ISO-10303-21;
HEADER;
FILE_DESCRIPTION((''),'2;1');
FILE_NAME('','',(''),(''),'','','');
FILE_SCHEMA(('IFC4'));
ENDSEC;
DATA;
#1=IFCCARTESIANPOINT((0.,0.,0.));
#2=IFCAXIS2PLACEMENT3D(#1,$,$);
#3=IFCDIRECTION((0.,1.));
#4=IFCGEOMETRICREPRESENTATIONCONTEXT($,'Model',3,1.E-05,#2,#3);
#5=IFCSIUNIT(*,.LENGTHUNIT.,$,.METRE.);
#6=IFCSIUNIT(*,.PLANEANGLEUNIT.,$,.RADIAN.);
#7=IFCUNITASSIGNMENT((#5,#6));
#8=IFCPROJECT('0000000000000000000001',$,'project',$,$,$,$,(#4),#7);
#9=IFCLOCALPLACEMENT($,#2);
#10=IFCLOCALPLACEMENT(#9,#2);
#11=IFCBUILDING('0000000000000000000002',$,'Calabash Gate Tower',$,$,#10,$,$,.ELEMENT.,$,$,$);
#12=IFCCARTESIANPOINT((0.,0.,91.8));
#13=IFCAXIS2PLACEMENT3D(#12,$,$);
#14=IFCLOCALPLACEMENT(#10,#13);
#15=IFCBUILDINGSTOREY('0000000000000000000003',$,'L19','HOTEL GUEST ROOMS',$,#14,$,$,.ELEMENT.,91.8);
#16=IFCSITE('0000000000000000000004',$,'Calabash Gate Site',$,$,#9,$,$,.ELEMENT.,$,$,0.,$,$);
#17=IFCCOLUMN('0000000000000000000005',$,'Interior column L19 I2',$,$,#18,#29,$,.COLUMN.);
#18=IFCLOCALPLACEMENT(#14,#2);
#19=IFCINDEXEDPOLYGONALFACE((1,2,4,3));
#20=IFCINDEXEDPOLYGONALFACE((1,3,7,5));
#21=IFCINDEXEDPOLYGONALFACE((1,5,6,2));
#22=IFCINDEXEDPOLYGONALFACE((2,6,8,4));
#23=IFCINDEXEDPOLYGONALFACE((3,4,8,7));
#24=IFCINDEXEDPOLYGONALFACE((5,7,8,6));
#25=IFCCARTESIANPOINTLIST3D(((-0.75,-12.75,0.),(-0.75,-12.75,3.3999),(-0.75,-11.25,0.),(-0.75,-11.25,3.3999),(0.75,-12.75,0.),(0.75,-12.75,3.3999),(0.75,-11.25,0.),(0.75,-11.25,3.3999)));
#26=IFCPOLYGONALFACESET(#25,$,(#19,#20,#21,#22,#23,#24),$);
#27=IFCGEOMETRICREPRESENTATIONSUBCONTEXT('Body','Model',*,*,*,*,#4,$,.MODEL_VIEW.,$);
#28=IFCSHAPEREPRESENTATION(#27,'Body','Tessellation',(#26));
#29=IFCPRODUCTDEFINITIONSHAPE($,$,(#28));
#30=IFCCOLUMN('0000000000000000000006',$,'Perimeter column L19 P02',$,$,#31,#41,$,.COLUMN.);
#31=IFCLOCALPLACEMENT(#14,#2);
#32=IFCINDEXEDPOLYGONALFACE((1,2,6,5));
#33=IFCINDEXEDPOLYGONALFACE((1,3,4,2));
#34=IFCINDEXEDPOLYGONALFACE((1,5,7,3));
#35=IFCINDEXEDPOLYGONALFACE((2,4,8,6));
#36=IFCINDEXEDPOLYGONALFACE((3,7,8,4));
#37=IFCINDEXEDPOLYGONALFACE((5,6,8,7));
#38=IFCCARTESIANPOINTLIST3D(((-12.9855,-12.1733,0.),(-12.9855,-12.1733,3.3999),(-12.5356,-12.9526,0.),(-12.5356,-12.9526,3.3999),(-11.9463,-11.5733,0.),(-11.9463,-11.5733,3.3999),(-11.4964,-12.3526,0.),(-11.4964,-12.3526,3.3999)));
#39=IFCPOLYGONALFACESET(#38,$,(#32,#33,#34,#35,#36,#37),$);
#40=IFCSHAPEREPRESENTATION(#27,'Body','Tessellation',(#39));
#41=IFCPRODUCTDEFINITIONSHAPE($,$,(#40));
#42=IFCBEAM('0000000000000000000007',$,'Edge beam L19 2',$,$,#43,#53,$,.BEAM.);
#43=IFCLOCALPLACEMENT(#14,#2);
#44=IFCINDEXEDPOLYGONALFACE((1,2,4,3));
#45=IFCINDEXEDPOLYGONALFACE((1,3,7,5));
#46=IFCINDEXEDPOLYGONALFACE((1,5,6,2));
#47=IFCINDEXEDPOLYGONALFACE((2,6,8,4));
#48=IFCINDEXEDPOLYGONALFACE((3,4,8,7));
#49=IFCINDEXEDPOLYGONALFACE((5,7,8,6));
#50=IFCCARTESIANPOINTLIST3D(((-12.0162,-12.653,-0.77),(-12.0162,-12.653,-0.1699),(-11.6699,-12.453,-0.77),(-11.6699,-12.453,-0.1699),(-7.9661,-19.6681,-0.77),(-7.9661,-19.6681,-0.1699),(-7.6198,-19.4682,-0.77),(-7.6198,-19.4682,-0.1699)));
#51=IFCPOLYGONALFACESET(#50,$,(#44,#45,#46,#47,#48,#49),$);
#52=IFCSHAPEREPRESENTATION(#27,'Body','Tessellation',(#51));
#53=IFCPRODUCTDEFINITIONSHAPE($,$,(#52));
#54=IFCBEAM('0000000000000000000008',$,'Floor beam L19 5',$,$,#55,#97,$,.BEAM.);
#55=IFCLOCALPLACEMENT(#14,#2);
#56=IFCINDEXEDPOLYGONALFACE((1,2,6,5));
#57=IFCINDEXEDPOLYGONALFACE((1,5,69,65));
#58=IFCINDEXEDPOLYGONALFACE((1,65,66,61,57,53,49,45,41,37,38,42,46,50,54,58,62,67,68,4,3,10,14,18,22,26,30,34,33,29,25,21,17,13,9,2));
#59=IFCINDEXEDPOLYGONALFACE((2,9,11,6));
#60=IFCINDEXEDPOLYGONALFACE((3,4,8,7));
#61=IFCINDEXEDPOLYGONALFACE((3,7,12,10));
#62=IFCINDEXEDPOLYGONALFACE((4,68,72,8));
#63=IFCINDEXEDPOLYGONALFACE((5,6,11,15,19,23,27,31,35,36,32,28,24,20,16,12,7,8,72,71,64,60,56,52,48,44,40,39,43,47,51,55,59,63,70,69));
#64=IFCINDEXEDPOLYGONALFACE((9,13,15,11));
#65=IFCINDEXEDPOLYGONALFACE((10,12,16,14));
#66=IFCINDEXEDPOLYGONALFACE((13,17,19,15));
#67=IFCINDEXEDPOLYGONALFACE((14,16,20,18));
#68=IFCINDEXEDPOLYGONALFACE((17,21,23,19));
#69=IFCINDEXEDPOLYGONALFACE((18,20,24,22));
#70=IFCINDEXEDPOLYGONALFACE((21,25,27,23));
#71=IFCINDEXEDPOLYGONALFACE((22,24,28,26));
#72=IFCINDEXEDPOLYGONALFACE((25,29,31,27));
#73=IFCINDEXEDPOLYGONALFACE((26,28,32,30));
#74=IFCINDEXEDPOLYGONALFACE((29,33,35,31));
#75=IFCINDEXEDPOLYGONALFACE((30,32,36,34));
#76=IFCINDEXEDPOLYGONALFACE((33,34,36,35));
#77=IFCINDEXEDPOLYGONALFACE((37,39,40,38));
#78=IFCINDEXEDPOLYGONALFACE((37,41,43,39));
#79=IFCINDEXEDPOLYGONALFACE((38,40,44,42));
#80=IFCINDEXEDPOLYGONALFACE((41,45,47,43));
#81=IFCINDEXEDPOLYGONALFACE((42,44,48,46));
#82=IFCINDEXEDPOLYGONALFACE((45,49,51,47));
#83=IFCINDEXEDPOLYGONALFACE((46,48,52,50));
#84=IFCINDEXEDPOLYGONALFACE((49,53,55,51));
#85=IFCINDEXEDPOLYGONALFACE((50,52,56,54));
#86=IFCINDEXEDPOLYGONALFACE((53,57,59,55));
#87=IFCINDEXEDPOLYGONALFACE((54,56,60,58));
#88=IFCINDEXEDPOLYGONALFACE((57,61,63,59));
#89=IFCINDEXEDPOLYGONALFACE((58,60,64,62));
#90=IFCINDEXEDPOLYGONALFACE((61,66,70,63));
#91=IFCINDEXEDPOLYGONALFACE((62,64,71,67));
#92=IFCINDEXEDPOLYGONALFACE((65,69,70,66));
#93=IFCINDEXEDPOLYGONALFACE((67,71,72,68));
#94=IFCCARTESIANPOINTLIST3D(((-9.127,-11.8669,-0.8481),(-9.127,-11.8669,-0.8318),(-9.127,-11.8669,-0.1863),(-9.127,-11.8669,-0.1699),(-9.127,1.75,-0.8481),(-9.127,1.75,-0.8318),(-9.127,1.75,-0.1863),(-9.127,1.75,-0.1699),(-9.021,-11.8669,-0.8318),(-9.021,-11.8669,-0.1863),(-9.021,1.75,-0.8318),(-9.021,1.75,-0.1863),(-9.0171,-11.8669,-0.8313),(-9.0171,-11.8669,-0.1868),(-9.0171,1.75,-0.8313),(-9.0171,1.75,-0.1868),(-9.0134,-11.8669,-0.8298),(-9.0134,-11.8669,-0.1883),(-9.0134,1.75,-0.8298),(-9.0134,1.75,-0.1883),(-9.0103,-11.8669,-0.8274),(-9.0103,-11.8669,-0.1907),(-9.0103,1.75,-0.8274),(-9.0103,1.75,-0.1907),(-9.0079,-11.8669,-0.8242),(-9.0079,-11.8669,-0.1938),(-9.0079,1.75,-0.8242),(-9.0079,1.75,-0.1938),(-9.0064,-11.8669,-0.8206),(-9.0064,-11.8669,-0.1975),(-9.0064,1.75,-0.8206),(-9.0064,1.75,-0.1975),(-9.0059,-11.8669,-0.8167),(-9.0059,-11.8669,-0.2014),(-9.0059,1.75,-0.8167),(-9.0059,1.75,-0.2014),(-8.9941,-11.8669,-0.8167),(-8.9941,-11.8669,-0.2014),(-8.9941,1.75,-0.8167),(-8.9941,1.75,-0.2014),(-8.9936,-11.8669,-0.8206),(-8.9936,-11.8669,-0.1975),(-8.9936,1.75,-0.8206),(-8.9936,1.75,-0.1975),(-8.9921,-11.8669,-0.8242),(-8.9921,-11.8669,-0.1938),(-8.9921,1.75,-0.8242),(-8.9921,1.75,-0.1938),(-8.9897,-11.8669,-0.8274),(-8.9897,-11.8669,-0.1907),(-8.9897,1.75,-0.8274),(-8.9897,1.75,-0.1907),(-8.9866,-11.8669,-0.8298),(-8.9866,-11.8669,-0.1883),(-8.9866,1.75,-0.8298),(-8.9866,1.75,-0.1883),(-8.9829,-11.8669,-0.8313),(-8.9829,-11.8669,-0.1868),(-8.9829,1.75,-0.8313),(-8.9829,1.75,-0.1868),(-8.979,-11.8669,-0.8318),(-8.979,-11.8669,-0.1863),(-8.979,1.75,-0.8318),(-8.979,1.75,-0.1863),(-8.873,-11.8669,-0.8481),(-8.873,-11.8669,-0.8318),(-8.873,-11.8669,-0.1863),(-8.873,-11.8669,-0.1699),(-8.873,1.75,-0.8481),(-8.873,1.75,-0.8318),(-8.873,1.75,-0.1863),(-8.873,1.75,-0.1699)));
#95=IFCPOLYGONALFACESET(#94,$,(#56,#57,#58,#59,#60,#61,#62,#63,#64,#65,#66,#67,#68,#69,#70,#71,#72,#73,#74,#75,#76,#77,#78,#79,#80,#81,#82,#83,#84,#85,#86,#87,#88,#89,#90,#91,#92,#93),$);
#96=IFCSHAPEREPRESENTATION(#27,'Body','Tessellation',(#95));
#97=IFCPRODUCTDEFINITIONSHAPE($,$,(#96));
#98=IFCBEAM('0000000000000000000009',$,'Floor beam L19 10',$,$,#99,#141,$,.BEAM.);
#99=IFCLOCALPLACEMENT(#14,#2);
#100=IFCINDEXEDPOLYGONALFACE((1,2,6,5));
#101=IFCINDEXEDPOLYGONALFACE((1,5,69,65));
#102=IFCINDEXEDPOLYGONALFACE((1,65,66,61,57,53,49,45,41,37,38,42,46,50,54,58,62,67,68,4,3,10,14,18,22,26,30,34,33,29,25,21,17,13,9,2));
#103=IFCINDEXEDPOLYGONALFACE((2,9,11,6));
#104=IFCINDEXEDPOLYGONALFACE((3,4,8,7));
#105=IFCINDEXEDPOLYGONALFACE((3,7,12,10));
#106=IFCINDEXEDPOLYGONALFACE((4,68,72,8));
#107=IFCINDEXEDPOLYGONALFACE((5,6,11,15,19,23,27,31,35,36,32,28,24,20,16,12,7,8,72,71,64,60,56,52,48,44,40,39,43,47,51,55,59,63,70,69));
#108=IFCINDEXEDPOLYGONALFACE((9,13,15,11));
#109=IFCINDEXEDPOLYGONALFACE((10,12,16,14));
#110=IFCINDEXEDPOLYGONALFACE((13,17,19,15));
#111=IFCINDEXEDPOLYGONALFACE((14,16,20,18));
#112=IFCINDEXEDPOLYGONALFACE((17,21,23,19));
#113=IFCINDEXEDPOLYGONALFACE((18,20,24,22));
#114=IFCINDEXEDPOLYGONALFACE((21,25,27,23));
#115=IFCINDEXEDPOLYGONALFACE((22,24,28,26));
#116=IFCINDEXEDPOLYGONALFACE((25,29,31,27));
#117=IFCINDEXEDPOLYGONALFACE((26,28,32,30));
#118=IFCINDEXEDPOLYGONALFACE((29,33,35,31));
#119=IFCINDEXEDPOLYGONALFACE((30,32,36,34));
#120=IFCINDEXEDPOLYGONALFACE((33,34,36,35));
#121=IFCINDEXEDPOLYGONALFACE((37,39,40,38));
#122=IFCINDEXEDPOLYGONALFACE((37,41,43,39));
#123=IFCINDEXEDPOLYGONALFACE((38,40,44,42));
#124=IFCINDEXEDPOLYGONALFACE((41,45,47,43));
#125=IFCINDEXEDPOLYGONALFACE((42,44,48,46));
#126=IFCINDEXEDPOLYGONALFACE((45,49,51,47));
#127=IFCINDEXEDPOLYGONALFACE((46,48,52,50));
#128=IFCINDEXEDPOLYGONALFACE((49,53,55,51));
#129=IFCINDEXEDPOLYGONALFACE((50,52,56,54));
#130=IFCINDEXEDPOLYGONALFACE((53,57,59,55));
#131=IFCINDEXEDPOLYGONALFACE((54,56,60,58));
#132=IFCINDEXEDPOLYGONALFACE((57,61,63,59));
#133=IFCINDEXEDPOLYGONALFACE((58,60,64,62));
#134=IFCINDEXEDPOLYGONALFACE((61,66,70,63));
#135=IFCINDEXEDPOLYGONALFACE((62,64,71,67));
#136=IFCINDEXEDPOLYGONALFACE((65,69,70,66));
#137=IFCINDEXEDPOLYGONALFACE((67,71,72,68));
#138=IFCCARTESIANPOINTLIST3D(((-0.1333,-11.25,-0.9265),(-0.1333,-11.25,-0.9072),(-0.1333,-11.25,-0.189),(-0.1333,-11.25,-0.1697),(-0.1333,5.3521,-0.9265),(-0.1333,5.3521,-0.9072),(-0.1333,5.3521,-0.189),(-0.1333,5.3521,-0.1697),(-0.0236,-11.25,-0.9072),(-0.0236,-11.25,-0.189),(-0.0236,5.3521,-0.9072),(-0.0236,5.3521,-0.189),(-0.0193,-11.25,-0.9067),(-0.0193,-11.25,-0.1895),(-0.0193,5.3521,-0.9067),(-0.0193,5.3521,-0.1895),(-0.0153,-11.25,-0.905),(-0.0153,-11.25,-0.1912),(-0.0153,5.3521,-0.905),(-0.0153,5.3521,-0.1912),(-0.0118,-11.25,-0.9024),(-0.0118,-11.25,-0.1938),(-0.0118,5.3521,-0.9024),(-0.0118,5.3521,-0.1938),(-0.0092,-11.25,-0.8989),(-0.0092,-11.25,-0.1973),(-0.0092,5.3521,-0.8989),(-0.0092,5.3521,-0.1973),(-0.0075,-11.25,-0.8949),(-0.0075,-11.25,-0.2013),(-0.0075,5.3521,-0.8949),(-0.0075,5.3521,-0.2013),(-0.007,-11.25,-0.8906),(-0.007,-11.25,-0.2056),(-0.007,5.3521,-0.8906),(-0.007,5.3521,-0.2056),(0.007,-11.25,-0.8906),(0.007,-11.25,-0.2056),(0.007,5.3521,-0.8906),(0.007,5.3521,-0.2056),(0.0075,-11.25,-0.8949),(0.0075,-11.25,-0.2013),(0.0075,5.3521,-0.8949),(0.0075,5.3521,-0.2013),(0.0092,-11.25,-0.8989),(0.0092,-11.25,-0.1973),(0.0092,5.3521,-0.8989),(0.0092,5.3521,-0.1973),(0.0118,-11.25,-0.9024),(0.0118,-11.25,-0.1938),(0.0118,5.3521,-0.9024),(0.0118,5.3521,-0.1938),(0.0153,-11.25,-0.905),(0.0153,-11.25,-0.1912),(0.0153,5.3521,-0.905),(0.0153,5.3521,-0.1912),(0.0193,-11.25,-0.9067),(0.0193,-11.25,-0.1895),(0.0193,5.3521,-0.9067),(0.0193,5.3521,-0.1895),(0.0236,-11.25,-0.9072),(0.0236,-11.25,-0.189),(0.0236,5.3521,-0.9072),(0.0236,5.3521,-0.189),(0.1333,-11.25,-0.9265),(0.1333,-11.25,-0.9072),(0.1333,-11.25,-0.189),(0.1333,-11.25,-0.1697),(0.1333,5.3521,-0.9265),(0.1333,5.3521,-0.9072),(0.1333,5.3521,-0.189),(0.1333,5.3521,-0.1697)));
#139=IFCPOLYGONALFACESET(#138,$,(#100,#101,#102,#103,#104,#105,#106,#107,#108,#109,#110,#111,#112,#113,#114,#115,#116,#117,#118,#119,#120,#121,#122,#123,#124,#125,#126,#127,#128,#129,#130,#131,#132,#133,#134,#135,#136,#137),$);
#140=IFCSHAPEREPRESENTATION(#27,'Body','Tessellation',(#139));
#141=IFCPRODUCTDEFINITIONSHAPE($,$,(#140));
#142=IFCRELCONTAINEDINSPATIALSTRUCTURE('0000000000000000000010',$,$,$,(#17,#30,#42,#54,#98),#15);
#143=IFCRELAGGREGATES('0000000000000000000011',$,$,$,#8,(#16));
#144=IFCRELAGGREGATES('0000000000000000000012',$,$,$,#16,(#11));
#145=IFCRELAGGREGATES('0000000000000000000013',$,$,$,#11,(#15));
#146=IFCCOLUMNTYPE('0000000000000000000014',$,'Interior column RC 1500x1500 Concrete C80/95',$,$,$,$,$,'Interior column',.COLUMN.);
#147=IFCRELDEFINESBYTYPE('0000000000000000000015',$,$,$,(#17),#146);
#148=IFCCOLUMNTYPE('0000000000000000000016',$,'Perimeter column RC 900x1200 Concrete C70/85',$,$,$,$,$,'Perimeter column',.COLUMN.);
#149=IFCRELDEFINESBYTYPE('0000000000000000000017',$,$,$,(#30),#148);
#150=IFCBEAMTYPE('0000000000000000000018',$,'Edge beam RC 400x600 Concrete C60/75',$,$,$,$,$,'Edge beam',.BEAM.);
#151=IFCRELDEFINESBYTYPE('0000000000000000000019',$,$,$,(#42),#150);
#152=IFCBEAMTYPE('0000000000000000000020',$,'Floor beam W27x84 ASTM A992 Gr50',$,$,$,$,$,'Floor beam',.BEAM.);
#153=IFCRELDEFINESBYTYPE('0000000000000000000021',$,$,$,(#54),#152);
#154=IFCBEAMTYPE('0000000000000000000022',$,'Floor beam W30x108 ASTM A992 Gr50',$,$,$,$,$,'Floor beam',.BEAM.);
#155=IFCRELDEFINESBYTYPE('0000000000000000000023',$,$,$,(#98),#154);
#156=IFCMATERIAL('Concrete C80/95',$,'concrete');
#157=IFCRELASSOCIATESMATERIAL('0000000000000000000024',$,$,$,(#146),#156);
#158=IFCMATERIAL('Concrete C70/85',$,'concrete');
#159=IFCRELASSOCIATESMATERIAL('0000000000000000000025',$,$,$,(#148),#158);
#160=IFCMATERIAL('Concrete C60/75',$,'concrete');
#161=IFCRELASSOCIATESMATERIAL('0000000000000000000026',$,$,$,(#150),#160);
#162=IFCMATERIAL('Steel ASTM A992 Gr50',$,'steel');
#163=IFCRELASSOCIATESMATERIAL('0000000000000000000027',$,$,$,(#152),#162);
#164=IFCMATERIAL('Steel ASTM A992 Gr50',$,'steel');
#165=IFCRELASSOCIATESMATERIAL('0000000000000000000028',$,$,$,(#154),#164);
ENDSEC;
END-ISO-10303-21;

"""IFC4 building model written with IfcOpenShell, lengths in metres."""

from ifc_helpers import new_model, si_unit, direction, frame, origin, origin_2d, place, context, subcontext, project, spatial, rectangle, i_section, extrude, material, material_profile, profile_set, type_object, element, save


model = new_model("IFC4")

# Units and contexts
model_context = context("Model", 3, precision=1e-05, world=origin(), true_north=direction((0.0, 1.0)))
body_context = subcontext(model_context, "Body", "Model", "MODEL_VIEW")
ifc_project = project(units=[si_unit("LENGTHUNIT", "METRE"), si_unit("PLANEANGLEUNIT", "RADIAN")], contexts=[model_context])

# Site, building, storey
site_placement = place(None, origin())
site = spatial("IfcSite", under=ifc_project, at=site_placement, Name="Calabash Gate Site", CompositionType="ELEMENT", RefElevation=0.0)
building_placement = place(site_placement, origin())
building = spatial("IfcBuilding", under=site, at=building_placement, Name="Calabash Gate Tower", CompositionType="ELEMENT")
storey_placement = place(building_placement, frame((0.0, 0.0, 91.8)))
storey = spatial("IfcBuildingStorey", under=building, at=storey_placement, Name="L19", Description="HOTEL GUEST ROOMS", CompositionType="ELEMENT", Elevation=91.8)

# Columns
ifc_material_1 = material(Name="Concrete C80/95", Category="concrete")
ifc_material_profile_1 = material_profile(ifc_material_1, rectangle(XDim=1.5, YDim=1.5, at=origin_2d()))
ifc_profile_set_1 = profile_set([ifc_material_profile_1], Name="Concrete C80/95")
column_type_1 = type_object("IfcColumnType", Name="Interior column RC 1500x1500 Concrete C80/95", ElementType="Interior column", PredefinedType="COLUMN", material=ifc_profile_set_1)
column_1_placement = place(storey_placement, frame((0.0, -12.0, 0.0), z_axis=(0.0, 0.0, 1.0), x_axis=(1.0, 0.0, 0.0)))
element("IfcColumn", 1, at=column_1_placement, inside=storey, type_object=column_type_1, Name="Interior column L19 I2", PredefinedType="COLUMN", context=body_context, shape_type="SweptSolid", body=[
    extrude(rectangle(XDim=1.5, YDim=1.5, at=origin_2d()), origin(), (0.0, 0.0, 1.0), 3.3999),
])
ifc_material_2 = material(Name="Concrete C70/85", Category="concrete")
ifc_material_profile_2 = material_profile(ifc_material_2, rectangle(XDim=0.8999, YDim=1.2, at=origin_2d()))
ifc_profile_set_2 = profile_set([ifc_material_profile_2], Name="Concrete C70/85")
column_type_2 = type_object("IfcColumnType", Name="Perimeter column RC 900x1200 Concrete C70/85", ElementType="Perimeter column", PredefinedType="COLUMN", material=ifc_profile_set_2)
column_2_placement = place(storey_placement, frame((-12.241, -12.2629, 0.0), z_axis=(0.0, 0.0, 1.0), x_axis=(0.5, -0.866025, 0.0)))
element("IfcColumn", 2, at=column_2_placement, inside=storey, type_object=column_type_2, Name="Perimeter column L19 P02", PredefinedType="COLUMN", context=body_context, shape_type="SweptSolid", body=[
    extrude(rectangle(XDim=0.8999, YDim=1.2, at=origin_2d()), origin(), (0.0, 0.0, 1.0), 3.3999),
])

# Beams
ifc_material_3 = material(Name="Concrete C60/75", Category="concrete")
ifc_material_profile_3 = material_profile(ifc_material_3, rectangle(XDim=0.3999, YDim=0.6001, at=origin_2d()))
ifc_profile_set_3 = profile_set([ifc_material_profile_3], Name="Concrete C60/75")
beam_type_1 = type_object("IfcBeamType", Name="Edge beam RC 400x600 Concrete C60/75", ElementType="Edge beam", PredefinedType="BEAM", material=ifc_profile_set_3)
beam_1_placement = place(storey_placement, frame((-11.843, -12.553, -0.47), z_axis=(0.499987, -0.866033, 0.0), x_axis=(0.866033, 0.499987, 0.0)))
element("IfcBeam", 3, at=beam_1_placement, inside=storey, type_object=beam_type_1, Name="Edge beam L19 2", PredefinedType="BEAM", context=body_context, shape_type="SweptSolid", body=[
    extrude(rectangle(XDim=0.3999, YDim=0.6001, at=origin_2d()), origin(), (0.0, 0.0, 1.0), 8.1003),
])
ifc_material_4 = material(Name="Steel ASTM A992 Gr50", Category="steel")
ifc_material_profile_4 = material_profile(ifc_material_4, i_section(OverallWidth=0.2539, OverallDepth=0.6782, WebThickness=0.0117, FlangeThickness=0.0164, FilletRadius=0.0151, at=origin_2d()))
ifc_profile_set_4 = profile_set([ifc_material_profile_4], Name="Steel ASTM A992 Gr50")
beam_type_2 = type_object("IfcBeamType", Name="Floor beam W27x84 ASTM A992 Gr50", ElementType="Floor beam", PredefinedType="BEAM", material=ifc_profile_set_4)
beam_2_placement = place(storey_placement, frame((-9.0, -11.8669, -0.509), z_axis=(0.0, 1.0, 0.0), x_axis=(-1.0, 0.0, 0.0)))
element("IfcBeam", 4, at=beam_2_placement, inside=storey, type_object=beam_type_2, Name="Floor beam L19 5", PredefinedType="BEAM", context=body_context, shape_type="SweptSolid", body=[
    extrude(i_section(OverallWidth=0.2539, OverallDepth=0.6782, WebThickness=0.0117, FlangeThickness=0.0164, FilletRadius=0.0151, at=origin_2d()), origin(), (0.0, 0.0, 1.0), 13.6169),
])
ifc_material_5 = material(Name="Steel ASTM A992 Gr50", Category="steel")
ifc_material_profile_5 = material_profile(ifc_material_5, i_section(OverallWidth=0.2666, OverallDepth=0.7568, WebThickness=0.0139, FlangeThickness=0.0193, FilletRadius=0.0166, at=origin_2d()))
ifc_profile_set_5 = profile_set([ifc_material_profile_5], Name="Steel ASTM A992 Gr50")
beam_type_3 = type_object("IfcBeamType", Name="Floor beam W30x108 ASTM A992 Gr50", ElementType="Floor beam", PredefinedType="BEAM", material=ifc_profile_set_5)
beam_3_placement = place(storey_placement, frame((0.0, -11.25, -0.5481), z_axis=(0.0, 1.0, 0.0), x_axis=(-1.0, 0.0, 0.0)))
element("IfcBeam", 5, at=beam_3_placement, inside=storey, type_object=beam_type_3, Name="Floor beam L19 10", PredefinedType="BEAM", context=body_context, shape_type="SweptSolid", body=[
    extrude(i_section(OverallWidth=0.2666, OverallDepth=0.7568, WebThickness=0.0139, FlangeThickness=0.0193, FilletRadius=0.0166, at=origin_2d()), origin(), (0.0, 0.0, 1.0), 16.6021),
])

save(model, "model.ifc")
